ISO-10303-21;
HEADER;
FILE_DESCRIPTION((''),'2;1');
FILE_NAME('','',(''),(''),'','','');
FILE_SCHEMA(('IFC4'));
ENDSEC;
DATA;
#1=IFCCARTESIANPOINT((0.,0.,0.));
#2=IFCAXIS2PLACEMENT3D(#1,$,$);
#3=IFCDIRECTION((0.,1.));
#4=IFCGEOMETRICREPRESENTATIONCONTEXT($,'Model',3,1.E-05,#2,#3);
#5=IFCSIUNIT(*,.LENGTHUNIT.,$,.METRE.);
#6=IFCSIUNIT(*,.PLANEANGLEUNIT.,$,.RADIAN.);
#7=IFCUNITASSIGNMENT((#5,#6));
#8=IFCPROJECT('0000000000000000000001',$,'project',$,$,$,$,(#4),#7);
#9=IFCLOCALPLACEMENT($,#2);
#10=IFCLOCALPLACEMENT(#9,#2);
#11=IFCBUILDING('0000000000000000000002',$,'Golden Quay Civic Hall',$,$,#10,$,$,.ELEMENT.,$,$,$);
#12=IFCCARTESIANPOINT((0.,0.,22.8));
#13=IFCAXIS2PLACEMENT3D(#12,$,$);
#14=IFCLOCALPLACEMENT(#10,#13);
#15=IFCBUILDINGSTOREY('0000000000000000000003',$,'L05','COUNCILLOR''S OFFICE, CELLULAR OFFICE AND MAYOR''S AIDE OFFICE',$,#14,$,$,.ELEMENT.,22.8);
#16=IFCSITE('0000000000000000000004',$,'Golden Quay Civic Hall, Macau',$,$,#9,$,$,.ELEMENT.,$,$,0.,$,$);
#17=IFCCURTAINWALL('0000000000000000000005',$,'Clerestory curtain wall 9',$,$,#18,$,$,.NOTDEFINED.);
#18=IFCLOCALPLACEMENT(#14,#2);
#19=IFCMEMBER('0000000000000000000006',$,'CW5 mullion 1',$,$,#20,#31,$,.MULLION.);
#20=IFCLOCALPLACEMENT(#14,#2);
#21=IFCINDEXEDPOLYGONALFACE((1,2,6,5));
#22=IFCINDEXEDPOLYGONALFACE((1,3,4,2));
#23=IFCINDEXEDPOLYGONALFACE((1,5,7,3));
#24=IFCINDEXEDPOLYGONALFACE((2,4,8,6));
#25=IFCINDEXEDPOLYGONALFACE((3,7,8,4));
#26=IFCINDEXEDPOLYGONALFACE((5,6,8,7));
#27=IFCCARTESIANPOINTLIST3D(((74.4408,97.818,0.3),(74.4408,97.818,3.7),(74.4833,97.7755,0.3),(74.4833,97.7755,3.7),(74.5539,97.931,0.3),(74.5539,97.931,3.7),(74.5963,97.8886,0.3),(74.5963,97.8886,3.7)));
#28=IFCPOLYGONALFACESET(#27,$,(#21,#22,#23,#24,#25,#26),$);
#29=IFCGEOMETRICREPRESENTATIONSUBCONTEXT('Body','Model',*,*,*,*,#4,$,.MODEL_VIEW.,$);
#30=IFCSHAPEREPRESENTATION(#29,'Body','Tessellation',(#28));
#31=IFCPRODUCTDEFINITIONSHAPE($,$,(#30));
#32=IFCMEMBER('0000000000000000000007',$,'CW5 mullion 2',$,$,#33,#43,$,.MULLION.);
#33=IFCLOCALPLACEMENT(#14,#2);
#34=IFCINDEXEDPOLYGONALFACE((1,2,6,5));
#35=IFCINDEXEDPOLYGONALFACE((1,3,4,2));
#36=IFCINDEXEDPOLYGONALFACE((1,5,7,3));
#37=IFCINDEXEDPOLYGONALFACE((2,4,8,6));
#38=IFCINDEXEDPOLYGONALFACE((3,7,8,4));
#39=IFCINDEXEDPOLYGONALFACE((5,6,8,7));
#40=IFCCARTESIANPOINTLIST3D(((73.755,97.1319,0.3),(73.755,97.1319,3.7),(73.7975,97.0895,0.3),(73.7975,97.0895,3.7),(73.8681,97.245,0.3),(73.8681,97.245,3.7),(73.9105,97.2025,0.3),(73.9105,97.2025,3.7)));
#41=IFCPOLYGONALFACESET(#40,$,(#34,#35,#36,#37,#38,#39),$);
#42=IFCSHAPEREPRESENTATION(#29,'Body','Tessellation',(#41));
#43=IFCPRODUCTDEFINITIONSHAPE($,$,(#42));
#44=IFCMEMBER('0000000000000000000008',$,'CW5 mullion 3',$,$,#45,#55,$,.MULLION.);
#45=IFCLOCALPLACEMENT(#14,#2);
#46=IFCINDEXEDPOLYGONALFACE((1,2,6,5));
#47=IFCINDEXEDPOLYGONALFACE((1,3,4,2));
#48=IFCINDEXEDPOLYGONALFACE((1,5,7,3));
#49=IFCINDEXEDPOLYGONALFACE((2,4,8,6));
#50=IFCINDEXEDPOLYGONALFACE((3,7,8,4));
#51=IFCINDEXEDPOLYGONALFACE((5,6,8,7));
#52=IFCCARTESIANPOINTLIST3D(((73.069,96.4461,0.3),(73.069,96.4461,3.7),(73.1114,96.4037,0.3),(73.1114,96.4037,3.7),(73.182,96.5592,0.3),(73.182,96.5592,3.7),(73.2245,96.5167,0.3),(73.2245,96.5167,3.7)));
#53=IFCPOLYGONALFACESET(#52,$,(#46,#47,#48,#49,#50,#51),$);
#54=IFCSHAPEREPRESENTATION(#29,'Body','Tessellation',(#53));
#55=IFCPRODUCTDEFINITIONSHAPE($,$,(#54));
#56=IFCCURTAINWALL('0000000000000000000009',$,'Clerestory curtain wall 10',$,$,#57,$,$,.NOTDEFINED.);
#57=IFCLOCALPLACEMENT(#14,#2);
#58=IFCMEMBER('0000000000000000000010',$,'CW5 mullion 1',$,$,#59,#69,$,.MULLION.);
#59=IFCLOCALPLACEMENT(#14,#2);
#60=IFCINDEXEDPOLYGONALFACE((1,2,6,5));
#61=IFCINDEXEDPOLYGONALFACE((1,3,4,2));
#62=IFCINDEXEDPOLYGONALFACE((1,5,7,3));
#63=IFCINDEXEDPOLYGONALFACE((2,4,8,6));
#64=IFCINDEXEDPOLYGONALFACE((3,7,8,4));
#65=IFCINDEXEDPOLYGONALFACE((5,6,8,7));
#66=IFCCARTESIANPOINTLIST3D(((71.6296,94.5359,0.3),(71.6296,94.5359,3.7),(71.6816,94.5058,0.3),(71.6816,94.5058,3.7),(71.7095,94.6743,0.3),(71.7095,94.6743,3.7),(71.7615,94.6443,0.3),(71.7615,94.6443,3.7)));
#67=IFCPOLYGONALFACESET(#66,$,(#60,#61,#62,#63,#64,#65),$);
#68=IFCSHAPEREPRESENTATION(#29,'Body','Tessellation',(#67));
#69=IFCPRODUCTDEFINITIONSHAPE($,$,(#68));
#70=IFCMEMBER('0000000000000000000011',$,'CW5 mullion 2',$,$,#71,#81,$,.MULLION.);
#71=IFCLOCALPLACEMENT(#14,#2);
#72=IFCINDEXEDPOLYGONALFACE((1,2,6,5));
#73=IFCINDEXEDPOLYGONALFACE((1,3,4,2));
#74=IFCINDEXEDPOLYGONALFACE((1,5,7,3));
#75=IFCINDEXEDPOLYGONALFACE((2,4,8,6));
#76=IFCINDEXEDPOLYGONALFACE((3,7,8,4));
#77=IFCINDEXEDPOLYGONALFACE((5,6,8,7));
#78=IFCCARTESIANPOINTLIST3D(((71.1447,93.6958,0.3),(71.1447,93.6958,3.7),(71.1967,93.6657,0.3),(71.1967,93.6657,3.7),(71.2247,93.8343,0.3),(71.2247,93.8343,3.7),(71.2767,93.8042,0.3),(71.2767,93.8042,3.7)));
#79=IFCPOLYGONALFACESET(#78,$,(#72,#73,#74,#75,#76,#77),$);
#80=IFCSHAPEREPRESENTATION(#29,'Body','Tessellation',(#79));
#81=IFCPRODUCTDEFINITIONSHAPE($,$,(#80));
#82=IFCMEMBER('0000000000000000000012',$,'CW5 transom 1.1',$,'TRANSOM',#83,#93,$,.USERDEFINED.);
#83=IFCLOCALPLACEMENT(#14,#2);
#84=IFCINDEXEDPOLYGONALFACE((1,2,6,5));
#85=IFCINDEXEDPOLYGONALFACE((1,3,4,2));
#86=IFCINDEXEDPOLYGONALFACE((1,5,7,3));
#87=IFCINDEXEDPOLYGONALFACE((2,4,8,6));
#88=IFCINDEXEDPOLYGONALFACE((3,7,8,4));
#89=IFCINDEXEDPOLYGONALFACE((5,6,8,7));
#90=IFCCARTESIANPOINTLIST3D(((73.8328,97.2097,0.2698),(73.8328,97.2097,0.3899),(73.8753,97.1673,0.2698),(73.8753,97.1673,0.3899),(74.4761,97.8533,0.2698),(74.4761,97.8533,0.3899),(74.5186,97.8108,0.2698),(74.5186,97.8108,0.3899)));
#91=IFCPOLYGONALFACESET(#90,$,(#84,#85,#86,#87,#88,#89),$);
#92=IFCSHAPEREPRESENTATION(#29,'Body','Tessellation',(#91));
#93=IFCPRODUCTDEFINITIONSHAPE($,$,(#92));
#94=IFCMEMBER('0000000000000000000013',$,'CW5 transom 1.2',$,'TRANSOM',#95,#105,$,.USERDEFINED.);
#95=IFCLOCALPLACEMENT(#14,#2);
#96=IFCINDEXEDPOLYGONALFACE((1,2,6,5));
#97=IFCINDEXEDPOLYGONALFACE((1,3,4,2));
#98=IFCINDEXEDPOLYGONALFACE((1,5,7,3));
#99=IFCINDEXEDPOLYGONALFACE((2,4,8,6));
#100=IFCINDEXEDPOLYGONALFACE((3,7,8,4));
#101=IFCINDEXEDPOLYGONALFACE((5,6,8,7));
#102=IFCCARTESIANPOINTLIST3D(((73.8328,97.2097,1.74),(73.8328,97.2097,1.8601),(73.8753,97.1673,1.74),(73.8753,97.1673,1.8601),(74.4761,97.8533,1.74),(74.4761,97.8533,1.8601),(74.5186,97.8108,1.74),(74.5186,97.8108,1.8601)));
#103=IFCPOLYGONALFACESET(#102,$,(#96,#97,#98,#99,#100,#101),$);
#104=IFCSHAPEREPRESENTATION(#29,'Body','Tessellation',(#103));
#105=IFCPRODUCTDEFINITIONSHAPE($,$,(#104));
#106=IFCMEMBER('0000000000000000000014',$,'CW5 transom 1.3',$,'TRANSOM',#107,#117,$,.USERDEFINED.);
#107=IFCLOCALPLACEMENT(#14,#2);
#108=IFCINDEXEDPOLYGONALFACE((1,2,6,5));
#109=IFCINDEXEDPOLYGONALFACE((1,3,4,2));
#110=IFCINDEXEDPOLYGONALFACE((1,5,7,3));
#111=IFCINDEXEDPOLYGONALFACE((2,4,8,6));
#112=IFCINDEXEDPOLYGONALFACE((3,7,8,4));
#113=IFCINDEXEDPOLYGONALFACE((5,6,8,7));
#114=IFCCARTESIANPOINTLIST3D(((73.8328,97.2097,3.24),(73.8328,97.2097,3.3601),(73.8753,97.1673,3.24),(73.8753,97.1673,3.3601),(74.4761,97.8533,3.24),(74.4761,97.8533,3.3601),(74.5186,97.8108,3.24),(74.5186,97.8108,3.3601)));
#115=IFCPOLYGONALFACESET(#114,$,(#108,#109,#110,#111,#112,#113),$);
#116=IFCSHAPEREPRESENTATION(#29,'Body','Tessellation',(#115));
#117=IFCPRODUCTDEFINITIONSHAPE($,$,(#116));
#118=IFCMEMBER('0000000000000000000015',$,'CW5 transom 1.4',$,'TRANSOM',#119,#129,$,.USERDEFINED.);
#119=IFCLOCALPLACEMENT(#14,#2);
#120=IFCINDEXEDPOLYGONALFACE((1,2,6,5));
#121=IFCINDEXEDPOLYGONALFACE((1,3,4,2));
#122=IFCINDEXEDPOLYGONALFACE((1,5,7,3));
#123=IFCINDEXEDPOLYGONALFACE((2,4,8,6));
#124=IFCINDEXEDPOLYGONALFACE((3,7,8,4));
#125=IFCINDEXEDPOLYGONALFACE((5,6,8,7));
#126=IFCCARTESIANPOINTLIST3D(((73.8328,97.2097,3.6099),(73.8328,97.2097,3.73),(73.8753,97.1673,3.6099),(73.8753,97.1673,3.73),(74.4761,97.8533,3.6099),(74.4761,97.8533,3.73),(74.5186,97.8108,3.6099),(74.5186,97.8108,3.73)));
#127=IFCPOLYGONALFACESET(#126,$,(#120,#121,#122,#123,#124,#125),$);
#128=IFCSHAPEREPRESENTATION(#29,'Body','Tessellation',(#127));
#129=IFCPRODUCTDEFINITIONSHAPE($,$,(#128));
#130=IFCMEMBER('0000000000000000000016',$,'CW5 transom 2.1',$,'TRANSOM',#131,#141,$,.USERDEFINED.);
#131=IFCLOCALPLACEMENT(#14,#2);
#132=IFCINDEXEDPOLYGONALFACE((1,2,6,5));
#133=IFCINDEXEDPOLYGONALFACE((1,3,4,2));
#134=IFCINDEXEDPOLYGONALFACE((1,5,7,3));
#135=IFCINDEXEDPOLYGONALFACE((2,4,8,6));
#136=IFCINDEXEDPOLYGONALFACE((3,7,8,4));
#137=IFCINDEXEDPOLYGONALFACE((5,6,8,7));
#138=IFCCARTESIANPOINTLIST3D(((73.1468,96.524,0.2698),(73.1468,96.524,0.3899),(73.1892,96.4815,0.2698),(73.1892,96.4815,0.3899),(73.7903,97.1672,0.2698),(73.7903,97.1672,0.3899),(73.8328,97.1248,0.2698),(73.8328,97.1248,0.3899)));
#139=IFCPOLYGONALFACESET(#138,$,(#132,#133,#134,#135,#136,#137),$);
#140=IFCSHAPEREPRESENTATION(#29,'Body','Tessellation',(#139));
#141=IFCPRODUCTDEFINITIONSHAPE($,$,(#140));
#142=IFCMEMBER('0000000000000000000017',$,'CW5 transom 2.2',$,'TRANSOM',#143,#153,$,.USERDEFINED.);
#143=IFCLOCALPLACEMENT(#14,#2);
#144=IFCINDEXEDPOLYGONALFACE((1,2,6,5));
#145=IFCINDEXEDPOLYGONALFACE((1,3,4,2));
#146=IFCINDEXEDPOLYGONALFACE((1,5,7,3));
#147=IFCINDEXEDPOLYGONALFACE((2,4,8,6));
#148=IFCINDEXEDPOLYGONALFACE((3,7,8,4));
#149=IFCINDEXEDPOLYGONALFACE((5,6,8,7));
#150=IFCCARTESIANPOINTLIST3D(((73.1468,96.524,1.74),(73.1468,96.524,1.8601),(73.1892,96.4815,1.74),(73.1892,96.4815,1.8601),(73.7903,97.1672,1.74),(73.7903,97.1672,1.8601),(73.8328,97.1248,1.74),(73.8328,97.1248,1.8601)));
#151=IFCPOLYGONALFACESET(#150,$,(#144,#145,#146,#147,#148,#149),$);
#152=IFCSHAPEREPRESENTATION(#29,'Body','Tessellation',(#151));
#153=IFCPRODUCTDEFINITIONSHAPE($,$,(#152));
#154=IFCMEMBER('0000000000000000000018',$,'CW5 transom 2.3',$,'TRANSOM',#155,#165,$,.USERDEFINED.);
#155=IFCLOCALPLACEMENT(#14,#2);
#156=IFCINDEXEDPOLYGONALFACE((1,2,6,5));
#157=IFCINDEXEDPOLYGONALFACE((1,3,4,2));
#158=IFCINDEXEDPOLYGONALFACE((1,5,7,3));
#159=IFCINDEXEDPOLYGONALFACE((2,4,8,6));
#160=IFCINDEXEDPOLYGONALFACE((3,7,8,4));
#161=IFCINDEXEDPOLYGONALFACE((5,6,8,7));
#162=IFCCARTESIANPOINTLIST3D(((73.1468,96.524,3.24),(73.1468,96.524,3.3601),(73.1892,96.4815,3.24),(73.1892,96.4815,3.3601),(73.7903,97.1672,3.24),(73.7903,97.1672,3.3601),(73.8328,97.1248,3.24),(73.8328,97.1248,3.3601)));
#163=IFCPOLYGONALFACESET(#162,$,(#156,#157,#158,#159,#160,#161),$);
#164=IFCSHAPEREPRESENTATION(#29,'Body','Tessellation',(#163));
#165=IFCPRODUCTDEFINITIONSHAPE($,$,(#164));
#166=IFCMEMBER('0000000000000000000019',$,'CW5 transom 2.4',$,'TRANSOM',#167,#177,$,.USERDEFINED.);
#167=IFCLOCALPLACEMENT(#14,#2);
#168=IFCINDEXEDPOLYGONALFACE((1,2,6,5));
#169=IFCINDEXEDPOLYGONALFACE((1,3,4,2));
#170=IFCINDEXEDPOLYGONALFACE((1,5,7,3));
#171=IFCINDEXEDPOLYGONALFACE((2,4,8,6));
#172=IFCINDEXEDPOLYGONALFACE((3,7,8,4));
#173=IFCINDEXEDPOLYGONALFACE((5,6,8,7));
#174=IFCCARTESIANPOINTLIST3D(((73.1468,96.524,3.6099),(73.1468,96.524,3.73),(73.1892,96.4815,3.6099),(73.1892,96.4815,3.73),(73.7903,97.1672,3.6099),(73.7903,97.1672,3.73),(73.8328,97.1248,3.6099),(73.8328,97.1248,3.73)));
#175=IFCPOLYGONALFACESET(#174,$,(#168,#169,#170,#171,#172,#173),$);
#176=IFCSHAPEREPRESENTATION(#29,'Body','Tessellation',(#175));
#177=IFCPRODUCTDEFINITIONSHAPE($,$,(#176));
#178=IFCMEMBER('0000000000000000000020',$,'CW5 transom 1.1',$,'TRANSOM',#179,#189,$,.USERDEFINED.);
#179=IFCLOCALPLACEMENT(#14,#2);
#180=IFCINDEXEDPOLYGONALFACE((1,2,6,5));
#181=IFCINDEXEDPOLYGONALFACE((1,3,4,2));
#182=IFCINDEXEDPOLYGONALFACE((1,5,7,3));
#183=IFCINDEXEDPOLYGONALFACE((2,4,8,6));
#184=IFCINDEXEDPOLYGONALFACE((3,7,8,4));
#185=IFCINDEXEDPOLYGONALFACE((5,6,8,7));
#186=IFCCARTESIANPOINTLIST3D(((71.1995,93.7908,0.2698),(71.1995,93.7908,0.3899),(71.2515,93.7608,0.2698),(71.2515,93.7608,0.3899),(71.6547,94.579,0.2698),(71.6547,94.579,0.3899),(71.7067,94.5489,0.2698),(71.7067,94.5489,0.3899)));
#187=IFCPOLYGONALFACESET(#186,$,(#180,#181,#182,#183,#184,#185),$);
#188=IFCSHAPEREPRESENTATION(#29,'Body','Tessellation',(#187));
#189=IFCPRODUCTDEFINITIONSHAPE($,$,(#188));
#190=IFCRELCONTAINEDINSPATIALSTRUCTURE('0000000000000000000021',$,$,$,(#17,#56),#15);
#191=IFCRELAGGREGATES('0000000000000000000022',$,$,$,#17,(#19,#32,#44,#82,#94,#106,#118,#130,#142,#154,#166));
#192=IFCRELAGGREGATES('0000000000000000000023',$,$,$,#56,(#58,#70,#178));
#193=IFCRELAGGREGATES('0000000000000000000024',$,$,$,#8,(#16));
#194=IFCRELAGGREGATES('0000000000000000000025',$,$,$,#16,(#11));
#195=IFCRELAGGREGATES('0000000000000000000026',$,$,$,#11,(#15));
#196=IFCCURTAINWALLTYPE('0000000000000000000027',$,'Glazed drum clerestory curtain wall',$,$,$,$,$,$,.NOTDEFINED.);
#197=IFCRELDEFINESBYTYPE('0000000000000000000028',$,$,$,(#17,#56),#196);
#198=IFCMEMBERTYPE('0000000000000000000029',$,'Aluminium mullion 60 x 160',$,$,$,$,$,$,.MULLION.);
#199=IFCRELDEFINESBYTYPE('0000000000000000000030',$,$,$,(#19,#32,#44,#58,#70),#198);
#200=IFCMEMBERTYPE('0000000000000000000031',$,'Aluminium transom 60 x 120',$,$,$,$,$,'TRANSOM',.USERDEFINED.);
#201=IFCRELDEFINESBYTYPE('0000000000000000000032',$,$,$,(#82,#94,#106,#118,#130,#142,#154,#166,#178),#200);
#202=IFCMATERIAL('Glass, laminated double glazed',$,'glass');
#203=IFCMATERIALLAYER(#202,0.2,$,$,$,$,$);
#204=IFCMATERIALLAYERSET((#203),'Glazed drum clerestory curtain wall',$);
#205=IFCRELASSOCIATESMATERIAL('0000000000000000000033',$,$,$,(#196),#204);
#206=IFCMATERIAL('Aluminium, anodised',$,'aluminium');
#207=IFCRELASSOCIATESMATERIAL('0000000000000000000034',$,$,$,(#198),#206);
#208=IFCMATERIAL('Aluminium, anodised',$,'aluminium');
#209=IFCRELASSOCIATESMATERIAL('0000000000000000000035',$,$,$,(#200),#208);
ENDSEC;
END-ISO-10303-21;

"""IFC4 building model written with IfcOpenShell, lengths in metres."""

from ifc_helpers import new_model, si_unit, direction, frame, origin, origin_2d, place, context, subcontext, project, spatial, rectangle, extrude, material, layer, layer_set, material_profile, profile_set, type_object, element, aggregate, save


model = new_model("IFC4")

# Units and contexts
model_context = context("Model", 3, precision=1e-05, world=origin(), true_north=direction((0.0, 1.0)))
body_context = subcontext(model_context, "Body", "Model", "MODEL_VIEW")
ifc_project = project(units=[si_unit("LENGTHUNIT", "METRE"), si_unit("PLANEANGLEUNIT", "RADIAN")], contexts=[model_context])

# Site, building, storey
site_placement = place(None, origin())
site = spatial("IfcSite", under=ifc_project, at=site_placement, Name="Golden Quay Civic Hall, Macau", CompositionType="ELEMENT", RefElevation=0.0)
building_placement = place(site_placement, origin())
building = spatial("IfcBuilding", under=site, at=building_placement, Name="Golden Quay Civic Hall", CompositionType="ELEMENT")
storey_placement = place(building_placement, frame((0.0, 0.0, 22.8)))
storey = spatial("IfcBuildingStorey", under=building, at=storey_placement, Name="L05", Description="COUNCILLOR'S OFFICE, CELLULAR OFFICE AND MAYOR'S AIDE OFFICE", CompositionType="ELEMENT", Elevation=22.8)

# Curtain walls, members
ifc_material_1 = material(Name="Glass, laminated double glazed", Category="glass")
ifc_layer_1 = layer(ifc_material_1, 0.2)
ifc_layer_set_1 = layer_set([ifc_layer_1], Name="Glazed drum clerestory curtain wall")
curtain_wall_type = type_object("IfcCurtainWallType", Name="Glazed drum clerestory curtain wall", PredefinedType="NOTDEFINED", material=ifc_layer_set_1)
curtain_wall_1_placement = place(storey_placement, origin())
curtain_wall_1 = element("IfcCurtainWall", 1, at=curtain_wall_1_placement, inside=storey, type_object=curtain_wall_type, Name="Clerestory curtain wall 9", PredefinedType="NOTDEFINED")
ifc_material_2 = material(Name="Aluminium, anodised", Category="aluminium")
ifc_material_profile_1 = material_profile(ifc_material_2, rectangle(XDim=0.0601, YDim=0.1599, at=origin_2d()), Name="Aluminium 60 x 160")
ifc_profile_set_1 = profile_set([ifc_material_profile_1], Name="Aluminium, anodised")
member_type_1 = type_object("IfcMemberType", Name="Aluminium mullion 60 x 160", PredefinedType="MULLION", material=ifc_profile_set_1)
member_1_placement = place(storey_placement, frame((74.5186, 97.8533, 0.3), z_axis=(0.0, 0.0, 1.0), x_axis=(0.707107, -0.707107, 0.0)))
member_1 = element("IfcMember", 2, at=member_1_placement, type_object=member_type_1, Name="CW5 mullion 1", PredefinedType="MULLION", context=body_context, shape_type="SweptSolid", body=[
    extrude(rectangle(XDim=0.0601, YDim=0.1599, at=origin_2d()), origin(), (0.0, 0.0, 1.0), 3.3999),
])
member_2_placement = place(storey_placement, frame((73.8328, 97.1672, 0.3), z_axis=(0.0, 0.0, 1.0), x_axis=(0.707107, -0.707107, 0.0)))
member_2 = element("IfcMember", 3, at=member_2_placement, type_object=member_type_1, Name="CW5 mullion 2", PredefinedType="MULLION", context=body_context, shape_type="SweptSolid", body=[
    extrude(rectangle(XDim=0.0601, YDim=0.1599, at=origin_2d()), origin(), (0.0, 0.0, 1.0), 3.3999),
])
member_3_placement = place(storey_placement, frame((73.1467, 96.4814, 0.3), z_axis=(0.0, 0.0, 1.0), x_axis=(0.707107, -0.707107, 0.0)))
member_3 = element("IfcMember", 4, at=member_3_placement, type_object=member_type_1, Name="CW5 mullion 3", PredefinedType="MULLION", context=body_context, shape_type="SweptSolid", body=[
    extrude(rectangle(XDim=0.0601, YDim=0.1599, at=origin_2d()), origin(), (0.0, 0.0, 1.0), 3.3999),
])
curtain_wall_2_placement = place(storey_placement, origin())
curtain_wall_2 = element("IfcCurtainWall", 5, at=curtain_wall_2_placement, inside=storey, type_object=curtain_wall_type, Name="Clerestory curtain wall 10", PredefinedType="NOTDEFINED")
member_4_placement = place(storey_placement, frame((71.6956, 94.5901, 0.3), z_axis=(0.0, 0.0, 1.0), x_axis=(0.866019, -0.500011, 0.0)))
member_4 = element("IfcMember", 6, at=member_4_placement, type_object=member_type_1, Name="CW5 mullion 1", PredefinedType="MULLION", context=body_context, shape_type="SweptSolid", body=[
    extrude(rectangle(XDim=0.0601, YDim=0.1599, at=origin_2d()), origin(), (0.0, 0.0, 1.0), 3.3999),
])
member_5_placement = place(storey_placement, frame((71.2107, 93.75, 0.3), z_axis=(0.0, 0.0, 1.0), x_axis=(0.866019, -0.500011, 0.0)))
member_5 = element("IfcMember", 7, at=member_5_placement, type_object=member_type_1, Name="CW5 mullion 2", PredefinedType="MULLION", context=body_context, shape_type="SweptSolid", body=[
    extrude(rectangle(XDim=0.0601, YDim=0.1599, at=origin_2d()), origin(), (0.0, 0.0, 1.0), 3.3999),
])

# Members
ifc_material_3 = material(Name="Aluminium, anodised", Category="aluminium")
ifc_material_profile_2 = material_profile(ifc_material_3, rectangle(XDim=0.0601, YDim=0.1201, at=origin_2d()), Name="Aluminium 60 x 120")
ifc_profile_set_2 = profile_set([ifc_material_profile_2], Name="Aluminium, anodised")
member_type_2 = type_object("IfcMemberType", Name="Aluminium transom 60 x 120", ElementType="TRANSOM", PredefinedType="USERDEFINED", material=ifc_profile_set_2)
member_6_placement = place(storey_placement, frame((74.4973, 97.832, 0.3298), z_axis=(-0.706973, -0.707241, 0.0), x_axis=(0.707241, -0.706973, 0.0)))
member_6 = element("IfcMember", 8, at=member_6_placement, type_object=member_type_2, Name="CW5 transom 1.1", ObjectType="TRANSOM", PredefinedType="USERDEFINED", context=body_context, shape_type="SweptSolid", body=[
    extrude(rectangle(XDim=0.0601, YDim=0.1201, at=origin_2d()), origin(), (0.0, 0.0, 1.0), 0.9099),
])
member_7_placement = place(storey_placement, frame((74.4973, 97.832, 1.8), z_axis=(-0.706973, -0.707241, 0.0), x_axis=(0.707241, -0.706973, 0.0)))
member_7 = element("IfcMember", 9, at=member_7_placement, type_object=member_type_2, Name="CW5 transom 1.2", ObjectType="TRANSOM", PredefinedType="USERDEFINED", context=body_context, shape_type="SweptSolid", body=[
    extrude(rectangle(XDim=0.0601, YDim=0.1201, at=origin_2d()), origin(), (0.0, 0.0, 1.0), 0.9099),
])
member_8_placement = place(storey_placement, frame((74.4973, 97.832, 3.3), z_axis=(-0.706973, -0.707241, 0.0), x_axis=(0.707241, -0.706973, 0.0)))
member_8 = element("IfcMember", 10, at=member_8_placement, type_object=member_type_2, Name="CW5 transom 1.3", ObjectType="TRANSOM", PredefinedType="USERDEFINED", context=body_context, shape_type="SweptSolid", body=[
    extrude(rectangle(XDim=0.0601, YDim=0.1201, at=origin_2d()), origin(), (0.0, 0.0, 1.0), 0.9099),
])
member_9_placement = place(storey_placement, frame((74.4973, 97.832, 3.6699), z_axis=(-0.706973, -0.707241, 0.0), x_axis=(0.707241, -0.706973, 0.0)))
member_9 = element("IfcMember", 11, at=member_9_placement, type_object=member_type_2, Name="CW5 transom 1.4", ObjectType="TRANSOM", PredefinedType="USERDEFINED", context=body_context, shape_type="SweptSolid", body=[
    extrude(rectangle(XDim=0.0601, YDim=0.1201, at=origin_2d()), origin(), (0.0, 0.0, 1.0), 0.9099),
])
member_10_placement = place(storey_placement, frame((73.8115, 97.146, 0.3298), z_axis=(-0.707241, -0.706973, 0.0), x_axis=(0.706973, -0.707241, 0.0)))
member_10 = element("IfcMember", 12, at=member_10_placement, type_object=member_type_2, Name="CW5 transom 2.1", ObjectType="TRANSOM", PredefinedType="USERDEFINED", context=body_context, shape_type="SweptSolid", body=[
    extrude(rectangle(XDim=0.0601, YDim=0.1201, at=origin_2d()), origin(), (0.0, 0.0, 1.0), 0.9099),
])
member_11_placement = place(storey_placement, frame((73.8115, 97.146, 1.8), z_axis=(-0.707241, -0.706973, 0.0), x_axis=(0.706973, -0.707241, 0.0)))
member_11 = element("IfcMember", 13, at=member_11_placement, type_object=member_type_2, Name="CW5 transom 2.2", ObjectType="TRANSOM", PredefinedType="USERDEFINED", context=body_context, shape_type="SweptSolid", body=[
    extrude(rectangle(XDim=0.0601, YDim=0.1201, at=origin_2d()), origin(), (0.0, 0.0, 1.0), 0.9099),
])
member_12_placement = place(storey_placement, frame((73.8115, 97.146, 3.3), z_axis=(-0.707241, -0.706973, 0.0), x_axis=(0.706973, -0.707241, 0.0)))
member_12 = element("IfcMember", 14, at=member_12_placement, type_object=member_type_2, Name="CW5 transom 2.3", ObjectType="TRANSOM", PredefinedType="USERDEFINED", context=body_context, shape_type="SweptSolid", body=[
    extrude(rectangle(XDim=0.0601, YDim=0.1201, at=origin_2d()), origin(), (0.0, 0.0, 1.0), 0.9099),
])
member_13_placement = place(storey_placement, frame((73.8115, 97.146, 3.6699), z_axis=(-0.707241, -0.706973, 0.0), x_axis=(0.706973, -0.707241, 0.0)))
member_13 = element("IfcMember", 15, at=member_13_placement, type_object=member_type_2, Name="CW5 transom 2.4", ObjectType="TRANSOM", PredefinedType="USERDEFINED", context=body_context, shape_type="SweptSolid", body=[
    extrude(rectangle(XDim=0.0601, YDim=0.1201, at=origin_2d()), origin(), (0.0, 0.0, 1.0), 0.9099),
])
member_14_placement = place(storey_placement, frame((71.6807, 94.564, 0.3298), z_axis=(-0.500063, -0.865989, 0.0), x_axis=(0.865989, -0.500063, 0.0)))
member_14 = element("IfcMember", 16, at=member_14_placement, type_object=member_type_2, Name="CW5 transom 1.1", ObjectType="TRANSOM", PredefinedType="USERDEFINED", context=body_context, shape_type="SweptSolid", body=[
    extrude(rectangle(XDim=0.0601, YDim=0.1201, at=origin_2d()), origin(), (0.0, 0.0, 1.0), 0.9102),
])

aggregate(curtain_wall_1, [member_1, member_2, member_3, member_6, member_7, member_8, member_9, member_10, member_11, member_12, member_13])
aggregate(curtain_wall_2, [member_4, member_5, member_14])

save(model, "model.ifc")
